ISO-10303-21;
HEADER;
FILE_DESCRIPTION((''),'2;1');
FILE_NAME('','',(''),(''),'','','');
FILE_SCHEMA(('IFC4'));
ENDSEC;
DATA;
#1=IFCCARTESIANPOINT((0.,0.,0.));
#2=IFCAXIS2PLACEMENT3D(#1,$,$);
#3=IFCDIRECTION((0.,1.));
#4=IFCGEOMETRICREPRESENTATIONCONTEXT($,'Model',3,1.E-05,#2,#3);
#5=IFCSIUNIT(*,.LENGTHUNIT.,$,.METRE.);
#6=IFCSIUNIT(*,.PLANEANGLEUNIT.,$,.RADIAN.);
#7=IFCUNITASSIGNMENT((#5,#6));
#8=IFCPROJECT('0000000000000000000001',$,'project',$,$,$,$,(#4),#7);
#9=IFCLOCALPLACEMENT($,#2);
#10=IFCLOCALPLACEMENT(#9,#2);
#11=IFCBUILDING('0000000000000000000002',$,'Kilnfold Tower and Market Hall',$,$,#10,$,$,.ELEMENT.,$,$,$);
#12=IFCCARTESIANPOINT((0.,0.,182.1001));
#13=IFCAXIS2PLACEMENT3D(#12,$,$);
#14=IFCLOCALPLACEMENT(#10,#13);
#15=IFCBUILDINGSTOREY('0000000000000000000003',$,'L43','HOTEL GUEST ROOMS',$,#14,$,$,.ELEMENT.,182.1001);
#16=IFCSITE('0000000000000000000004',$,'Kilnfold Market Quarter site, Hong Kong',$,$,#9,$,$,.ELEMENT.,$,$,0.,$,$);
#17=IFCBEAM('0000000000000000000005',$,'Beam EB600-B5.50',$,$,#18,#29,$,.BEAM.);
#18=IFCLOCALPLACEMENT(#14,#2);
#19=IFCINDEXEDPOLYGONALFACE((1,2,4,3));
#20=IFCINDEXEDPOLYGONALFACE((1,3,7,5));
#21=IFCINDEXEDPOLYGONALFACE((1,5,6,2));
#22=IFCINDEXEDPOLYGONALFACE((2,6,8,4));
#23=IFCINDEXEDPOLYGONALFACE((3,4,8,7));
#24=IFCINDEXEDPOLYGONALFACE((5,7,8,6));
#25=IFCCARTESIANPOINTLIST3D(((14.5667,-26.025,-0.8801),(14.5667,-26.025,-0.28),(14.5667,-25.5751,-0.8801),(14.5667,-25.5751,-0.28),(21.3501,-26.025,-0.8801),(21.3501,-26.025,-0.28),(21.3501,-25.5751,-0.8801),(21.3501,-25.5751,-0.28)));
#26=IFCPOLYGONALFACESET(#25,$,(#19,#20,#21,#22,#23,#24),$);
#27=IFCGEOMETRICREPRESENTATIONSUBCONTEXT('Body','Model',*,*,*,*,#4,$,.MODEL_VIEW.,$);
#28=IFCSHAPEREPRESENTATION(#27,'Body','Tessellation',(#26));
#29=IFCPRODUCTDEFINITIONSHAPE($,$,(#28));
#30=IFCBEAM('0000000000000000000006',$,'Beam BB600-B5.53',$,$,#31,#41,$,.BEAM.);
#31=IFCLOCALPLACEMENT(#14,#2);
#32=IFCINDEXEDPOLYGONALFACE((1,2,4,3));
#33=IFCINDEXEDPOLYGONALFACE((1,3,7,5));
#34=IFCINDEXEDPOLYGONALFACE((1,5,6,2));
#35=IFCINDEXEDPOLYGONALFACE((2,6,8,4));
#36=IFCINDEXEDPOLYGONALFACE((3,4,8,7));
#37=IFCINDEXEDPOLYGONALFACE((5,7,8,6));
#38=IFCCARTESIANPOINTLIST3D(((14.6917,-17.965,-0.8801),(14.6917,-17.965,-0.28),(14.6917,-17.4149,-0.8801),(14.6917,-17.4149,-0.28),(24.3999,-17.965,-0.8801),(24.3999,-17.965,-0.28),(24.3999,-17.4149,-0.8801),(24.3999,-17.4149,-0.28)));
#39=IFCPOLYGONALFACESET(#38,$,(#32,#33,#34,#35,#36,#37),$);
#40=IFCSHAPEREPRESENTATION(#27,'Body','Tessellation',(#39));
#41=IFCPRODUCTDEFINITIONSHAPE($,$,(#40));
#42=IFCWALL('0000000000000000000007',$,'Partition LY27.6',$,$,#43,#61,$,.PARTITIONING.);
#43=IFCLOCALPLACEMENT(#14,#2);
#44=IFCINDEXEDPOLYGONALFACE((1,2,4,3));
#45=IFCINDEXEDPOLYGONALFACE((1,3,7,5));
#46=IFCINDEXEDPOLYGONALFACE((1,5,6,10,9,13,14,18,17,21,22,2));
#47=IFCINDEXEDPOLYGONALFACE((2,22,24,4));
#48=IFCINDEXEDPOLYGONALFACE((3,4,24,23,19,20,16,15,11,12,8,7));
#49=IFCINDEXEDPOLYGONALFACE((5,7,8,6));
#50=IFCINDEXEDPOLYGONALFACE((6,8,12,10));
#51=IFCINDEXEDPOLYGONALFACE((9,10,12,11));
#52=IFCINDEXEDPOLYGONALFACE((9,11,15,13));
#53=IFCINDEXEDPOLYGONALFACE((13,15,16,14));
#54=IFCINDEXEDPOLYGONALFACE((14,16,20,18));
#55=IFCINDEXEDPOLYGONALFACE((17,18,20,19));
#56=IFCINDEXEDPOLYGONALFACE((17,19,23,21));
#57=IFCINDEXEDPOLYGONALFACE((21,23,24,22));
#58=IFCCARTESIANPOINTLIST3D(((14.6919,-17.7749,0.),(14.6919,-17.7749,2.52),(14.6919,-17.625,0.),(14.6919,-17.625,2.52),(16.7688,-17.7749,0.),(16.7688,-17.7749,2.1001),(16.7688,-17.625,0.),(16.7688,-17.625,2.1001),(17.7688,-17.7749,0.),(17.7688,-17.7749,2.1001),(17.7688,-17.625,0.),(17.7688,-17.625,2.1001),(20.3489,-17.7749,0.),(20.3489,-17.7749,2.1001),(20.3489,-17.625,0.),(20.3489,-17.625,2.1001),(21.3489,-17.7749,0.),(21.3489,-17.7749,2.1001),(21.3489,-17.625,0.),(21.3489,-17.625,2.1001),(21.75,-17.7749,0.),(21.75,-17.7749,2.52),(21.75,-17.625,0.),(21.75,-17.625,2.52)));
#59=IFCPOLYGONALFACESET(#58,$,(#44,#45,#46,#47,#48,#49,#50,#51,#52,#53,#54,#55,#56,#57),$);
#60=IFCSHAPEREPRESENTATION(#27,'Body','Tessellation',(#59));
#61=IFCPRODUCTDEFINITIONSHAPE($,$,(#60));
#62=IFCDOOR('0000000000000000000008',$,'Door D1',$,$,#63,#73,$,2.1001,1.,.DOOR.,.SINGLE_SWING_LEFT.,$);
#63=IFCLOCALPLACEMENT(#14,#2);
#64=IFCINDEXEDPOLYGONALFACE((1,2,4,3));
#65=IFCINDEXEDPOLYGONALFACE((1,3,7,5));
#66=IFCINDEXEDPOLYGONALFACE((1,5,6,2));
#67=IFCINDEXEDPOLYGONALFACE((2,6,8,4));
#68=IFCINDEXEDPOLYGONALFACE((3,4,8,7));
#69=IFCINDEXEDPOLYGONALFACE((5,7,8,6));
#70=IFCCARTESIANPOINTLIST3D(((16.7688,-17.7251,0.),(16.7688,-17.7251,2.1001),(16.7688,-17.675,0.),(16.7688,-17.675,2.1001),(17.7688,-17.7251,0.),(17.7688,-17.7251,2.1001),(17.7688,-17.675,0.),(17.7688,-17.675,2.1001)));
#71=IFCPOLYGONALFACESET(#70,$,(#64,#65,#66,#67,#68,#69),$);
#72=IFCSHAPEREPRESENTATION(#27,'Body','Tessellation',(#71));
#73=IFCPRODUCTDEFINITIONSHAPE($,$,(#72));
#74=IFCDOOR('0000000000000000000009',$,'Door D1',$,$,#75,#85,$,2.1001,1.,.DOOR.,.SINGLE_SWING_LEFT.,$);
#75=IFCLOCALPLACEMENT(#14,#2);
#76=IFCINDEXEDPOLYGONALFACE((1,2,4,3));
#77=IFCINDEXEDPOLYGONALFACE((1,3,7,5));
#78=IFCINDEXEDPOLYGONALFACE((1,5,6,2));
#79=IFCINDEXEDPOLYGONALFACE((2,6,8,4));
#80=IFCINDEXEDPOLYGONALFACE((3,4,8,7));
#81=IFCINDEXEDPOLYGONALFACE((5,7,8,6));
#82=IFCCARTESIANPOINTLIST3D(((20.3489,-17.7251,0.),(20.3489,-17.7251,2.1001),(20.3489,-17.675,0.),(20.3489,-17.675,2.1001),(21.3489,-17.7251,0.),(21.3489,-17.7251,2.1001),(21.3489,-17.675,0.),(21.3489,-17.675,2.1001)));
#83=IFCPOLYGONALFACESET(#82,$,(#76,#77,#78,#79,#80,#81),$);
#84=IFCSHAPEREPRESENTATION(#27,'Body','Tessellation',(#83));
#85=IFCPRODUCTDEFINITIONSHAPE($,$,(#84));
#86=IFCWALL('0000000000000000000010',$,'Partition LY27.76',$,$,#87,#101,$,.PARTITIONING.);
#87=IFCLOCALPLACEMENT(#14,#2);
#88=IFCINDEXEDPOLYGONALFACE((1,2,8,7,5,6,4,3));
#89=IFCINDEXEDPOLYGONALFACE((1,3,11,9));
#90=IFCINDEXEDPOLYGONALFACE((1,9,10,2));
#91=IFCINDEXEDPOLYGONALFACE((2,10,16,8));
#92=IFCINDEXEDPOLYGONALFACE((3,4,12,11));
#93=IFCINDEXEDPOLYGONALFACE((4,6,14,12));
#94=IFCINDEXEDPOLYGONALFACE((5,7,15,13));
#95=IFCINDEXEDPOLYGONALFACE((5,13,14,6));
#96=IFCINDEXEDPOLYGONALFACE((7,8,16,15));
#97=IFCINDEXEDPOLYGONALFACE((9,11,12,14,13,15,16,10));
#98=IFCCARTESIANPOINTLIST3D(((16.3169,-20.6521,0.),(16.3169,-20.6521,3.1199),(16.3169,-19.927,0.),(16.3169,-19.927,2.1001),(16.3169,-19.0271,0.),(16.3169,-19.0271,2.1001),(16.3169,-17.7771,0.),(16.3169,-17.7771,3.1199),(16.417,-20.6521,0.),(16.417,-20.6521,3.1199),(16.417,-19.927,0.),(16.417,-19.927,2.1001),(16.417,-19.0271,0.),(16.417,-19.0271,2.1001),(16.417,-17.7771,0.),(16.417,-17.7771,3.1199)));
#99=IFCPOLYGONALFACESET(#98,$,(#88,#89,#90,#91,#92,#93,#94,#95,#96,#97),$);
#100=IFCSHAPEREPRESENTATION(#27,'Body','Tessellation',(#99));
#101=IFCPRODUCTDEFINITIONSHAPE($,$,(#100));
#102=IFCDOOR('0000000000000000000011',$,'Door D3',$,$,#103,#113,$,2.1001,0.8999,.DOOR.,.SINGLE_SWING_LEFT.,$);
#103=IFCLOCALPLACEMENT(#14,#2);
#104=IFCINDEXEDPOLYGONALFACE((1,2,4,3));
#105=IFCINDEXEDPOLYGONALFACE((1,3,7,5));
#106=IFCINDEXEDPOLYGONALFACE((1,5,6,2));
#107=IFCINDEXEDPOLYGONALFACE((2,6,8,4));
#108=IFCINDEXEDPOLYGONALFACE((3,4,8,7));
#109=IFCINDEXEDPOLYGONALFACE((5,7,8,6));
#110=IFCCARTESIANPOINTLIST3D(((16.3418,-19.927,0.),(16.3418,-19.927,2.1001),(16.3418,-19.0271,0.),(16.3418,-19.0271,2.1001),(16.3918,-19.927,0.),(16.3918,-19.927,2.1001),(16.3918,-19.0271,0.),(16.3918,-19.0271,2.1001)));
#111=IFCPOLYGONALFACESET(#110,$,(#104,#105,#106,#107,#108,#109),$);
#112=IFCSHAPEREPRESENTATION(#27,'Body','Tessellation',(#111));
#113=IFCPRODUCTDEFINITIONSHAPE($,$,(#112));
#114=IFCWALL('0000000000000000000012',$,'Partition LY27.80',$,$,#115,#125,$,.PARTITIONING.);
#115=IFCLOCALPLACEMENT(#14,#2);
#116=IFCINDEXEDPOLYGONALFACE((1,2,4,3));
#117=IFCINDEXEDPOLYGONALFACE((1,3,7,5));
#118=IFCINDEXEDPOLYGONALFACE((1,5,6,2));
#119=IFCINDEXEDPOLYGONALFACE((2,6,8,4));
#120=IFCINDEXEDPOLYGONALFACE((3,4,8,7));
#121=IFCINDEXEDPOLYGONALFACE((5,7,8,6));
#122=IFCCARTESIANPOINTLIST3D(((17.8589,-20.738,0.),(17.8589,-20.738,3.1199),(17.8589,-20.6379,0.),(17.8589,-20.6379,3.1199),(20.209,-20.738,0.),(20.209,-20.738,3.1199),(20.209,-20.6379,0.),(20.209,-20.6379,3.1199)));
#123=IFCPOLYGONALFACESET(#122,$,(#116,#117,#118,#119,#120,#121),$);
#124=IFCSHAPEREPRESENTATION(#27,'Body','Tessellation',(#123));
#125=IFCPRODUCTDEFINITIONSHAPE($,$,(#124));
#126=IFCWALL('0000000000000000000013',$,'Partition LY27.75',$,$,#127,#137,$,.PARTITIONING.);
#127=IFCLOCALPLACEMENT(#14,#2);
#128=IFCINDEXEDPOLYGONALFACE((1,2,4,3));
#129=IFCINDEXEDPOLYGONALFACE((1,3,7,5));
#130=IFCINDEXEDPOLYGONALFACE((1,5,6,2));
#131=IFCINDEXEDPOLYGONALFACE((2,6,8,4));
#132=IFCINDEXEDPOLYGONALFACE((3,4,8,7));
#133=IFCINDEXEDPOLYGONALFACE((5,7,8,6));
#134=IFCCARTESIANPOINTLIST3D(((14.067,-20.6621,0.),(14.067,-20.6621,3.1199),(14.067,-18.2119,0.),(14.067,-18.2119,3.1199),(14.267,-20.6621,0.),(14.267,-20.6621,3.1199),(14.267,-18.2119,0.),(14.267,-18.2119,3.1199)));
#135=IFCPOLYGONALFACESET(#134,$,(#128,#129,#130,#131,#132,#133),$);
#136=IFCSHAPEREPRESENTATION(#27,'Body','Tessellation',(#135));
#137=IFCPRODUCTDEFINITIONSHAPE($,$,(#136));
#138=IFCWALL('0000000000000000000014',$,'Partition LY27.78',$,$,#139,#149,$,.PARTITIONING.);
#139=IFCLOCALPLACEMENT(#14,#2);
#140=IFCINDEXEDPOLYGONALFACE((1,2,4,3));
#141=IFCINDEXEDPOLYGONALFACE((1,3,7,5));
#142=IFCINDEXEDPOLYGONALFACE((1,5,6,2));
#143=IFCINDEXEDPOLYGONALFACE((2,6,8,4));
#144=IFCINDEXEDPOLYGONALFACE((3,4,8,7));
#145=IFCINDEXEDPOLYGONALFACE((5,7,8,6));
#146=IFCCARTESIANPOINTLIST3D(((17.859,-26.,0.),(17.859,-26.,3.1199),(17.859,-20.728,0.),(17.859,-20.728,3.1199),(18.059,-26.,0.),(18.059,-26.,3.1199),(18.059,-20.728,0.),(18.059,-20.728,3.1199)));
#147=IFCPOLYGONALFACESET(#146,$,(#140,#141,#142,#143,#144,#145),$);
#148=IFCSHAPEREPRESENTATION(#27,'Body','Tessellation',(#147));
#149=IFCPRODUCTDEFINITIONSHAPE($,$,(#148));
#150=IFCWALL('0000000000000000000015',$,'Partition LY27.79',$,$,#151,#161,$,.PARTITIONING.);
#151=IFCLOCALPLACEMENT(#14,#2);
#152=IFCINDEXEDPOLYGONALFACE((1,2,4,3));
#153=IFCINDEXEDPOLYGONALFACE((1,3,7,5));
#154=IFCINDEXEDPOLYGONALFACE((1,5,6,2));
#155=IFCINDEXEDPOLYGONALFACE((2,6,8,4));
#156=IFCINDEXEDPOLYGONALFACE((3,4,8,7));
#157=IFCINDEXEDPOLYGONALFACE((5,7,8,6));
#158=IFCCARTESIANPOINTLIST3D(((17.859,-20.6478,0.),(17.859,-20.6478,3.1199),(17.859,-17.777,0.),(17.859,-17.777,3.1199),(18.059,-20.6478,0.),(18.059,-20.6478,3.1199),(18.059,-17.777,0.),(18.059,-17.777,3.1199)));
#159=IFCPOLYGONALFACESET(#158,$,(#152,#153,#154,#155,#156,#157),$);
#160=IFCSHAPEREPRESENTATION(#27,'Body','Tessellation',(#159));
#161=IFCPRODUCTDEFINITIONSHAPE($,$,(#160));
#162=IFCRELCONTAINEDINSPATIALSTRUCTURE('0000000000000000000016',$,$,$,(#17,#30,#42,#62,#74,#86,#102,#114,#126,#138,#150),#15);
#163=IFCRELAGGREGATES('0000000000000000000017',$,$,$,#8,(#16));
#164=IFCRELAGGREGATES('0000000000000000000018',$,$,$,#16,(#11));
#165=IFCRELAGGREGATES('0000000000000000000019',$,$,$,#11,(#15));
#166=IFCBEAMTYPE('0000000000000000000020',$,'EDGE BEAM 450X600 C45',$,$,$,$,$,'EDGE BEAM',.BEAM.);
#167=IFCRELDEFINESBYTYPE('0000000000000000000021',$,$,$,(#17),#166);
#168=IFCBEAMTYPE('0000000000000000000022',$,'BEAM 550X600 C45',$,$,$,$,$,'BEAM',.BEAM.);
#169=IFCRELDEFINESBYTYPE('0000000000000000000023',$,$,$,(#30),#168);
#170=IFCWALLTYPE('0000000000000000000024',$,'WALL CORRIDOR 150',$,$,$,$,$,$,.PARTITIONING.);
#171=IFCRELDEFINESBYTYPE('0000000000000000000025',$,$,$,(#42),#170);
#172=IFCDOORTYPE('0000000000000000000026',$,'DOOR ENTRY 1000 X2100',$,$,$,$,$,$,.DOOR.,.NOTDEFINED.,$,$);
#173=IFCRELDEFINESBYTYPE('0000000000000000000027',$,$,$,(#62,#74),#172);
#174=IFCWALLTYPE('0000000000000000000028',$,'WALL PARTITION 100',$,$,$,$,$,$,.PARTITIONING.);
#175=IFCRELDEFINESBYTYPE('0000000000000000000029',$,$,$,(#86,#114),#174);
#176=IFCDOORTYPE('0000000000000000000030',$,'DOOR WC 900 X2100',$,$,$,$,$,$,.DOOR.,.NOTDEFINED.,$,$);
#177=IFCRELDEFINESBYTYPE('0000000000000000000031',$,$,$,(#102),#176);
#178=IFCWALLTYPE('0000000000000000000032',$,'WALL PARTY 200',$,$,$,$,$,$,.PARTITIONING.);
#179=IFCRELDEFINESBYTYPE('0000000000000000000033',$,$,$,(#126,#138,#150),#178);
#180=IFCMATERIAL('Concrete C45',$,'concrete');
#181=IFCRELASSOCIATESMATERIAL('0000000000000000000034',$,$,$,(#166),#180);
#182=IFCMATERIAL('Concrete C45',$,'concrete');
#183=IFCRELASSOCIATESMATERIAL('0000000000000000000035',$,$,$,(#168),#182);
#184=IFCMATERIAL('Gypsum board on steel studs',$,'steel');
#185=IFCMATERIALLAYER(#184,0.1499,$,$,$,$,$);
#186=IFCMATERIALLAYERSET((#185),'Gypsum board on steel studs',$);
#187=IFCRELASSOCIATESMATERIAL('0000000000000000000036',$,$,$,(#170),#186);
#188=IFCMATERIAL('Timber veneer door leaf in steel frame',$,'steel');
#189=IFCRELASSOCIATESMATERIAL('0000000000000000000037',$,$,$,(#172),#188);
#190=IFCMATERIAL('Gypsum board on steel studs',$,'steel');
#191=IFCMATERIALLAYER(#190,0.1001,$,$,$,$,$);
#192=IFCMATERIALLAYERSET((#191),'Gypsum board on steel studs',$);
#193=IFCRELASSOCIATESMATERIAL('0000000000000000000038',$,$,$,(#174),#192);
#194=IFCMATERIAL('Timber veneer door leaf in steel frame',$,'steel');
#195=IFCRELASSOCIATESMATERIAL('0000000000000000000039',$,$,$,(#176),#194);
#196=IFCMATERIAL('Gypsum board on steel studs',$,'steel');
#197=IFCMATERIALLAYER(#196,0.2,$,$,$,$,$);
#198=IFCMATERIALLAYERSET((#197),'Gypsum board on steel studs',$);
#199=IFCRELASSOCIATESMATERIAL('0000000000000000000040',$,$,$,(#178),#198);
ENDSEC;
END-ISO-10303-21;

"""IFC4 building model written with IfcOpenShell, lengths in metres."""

from ifc_helpers import new_model, si_unit, direction, frame, frame_2d, origin, origin_2d, place, context, subcontext, project, spatial, rectangle, extrude, source, transform, mapped, material, layer, layer_set, material_profile, profile_set, type_object, element, fill, save


model = new_model("IFC4")

# Units and contexts
model_context = context("Model", 3, precision=1e-05, world=origin(), true_north=direction((0.0, 1.0)))
body_context = subcontext(model_context, "Body", "Model", "MODEL_VIEW")
ifc_project = project(units=[si_unit("LENGTHUNIT", "METRE"), si_unit("PLANEANGLEUNIT", "RADIAN")], contexts=[model_context])

# Site, building, storey
site_placement = place(None, origin())
site = spatial("IfcSite", under=ifc_project, at=site_placement, Name="Kilnfold Market Quarter site, Hong Kong", CompositionType="ELEMENT", RefElevation=0.0)
building_placement = place(site_placement, origin())
building = spatial("IfcBuilding", under=site, at=building_placement, Name="Kilnfold Tower and Market Hall", CompositionType="ELEMENT")
storey_placement = place(building_placement, frame((0.0, 0.0, 182.1001)))
storey = spatial("IfcBuildingStorey", under=building, at=storey_placement, Name="L43", Description="HOTEL GUEST ROOMS", CompositionType="ELEMENT", Elevation=182.1001)

# Beams
ifc_material_1 = material(Name="Concrete C45", Category="concrete")
ifc_material_profile_1 = material_profile(ifc_material_1, rectangle(XDim=0.45, YDim=0.6001, at=origin_2d()), Name="RC 450x600")
ifc_profile_set_1 = profile_set([ifc_material_profile_1], Name="Concrete C45")
beam_type_1 = type_object("IfcBeamType", Name="EDGE BEAM 450X600 C45", ElementType="EDGE BEAM", PredefinedType="BEAM", material=ifc_profile_set_1)
shared_shape_1 = source(origin(), body_context, "Body", "SweptSolid", [
    extrude(rectangle(XDim=0.45, YDim=0.6001, at=origin_2d()), origin(), (0.0, 0.0, 1.0), 6.7834),
])
beam_1_placement = place(storey_placement, frame((14.5667, -25.8, -0.5801), z_axis=(1.0, 0.0, 0.0), x_axis=(0.0, 1.0, 0.0)))
element("IfcBeam", 1, at=beam_1_placement, inside=storey, type_object=beam_type_1, Name="Beam EB600-B5.50", PredefinedType="BEAM", context=body_context, shape_type="MappedRepresentation", body=[
    mapped(shared_shape_1, transform((0.0, 0.0, 0.0))),
])
ifc_material_2 = material(Name="Concrete C45", Category="concrete")
ifc_material_profile_2 = material_profile(ifc_material_2, rectangle(XDim=0.55, YDim=0.6001, at=origin_2d()), Name="RC 550x600")
ifc_profile_set_2 = profile_set([ifc_material_profile_2], Name="Concrete C45")
beam_type_2 = type_object("IfcBeamType", Name="BEAM 550X600 C45", ElementType="BEAM", PredefinedType="BEAM", material=ifc_profile_set_2)
shared_shape_2 = source(origin(), body_context, "Body", "SweptSolid", [
    extrude(rectangle(XDim=0.55, YDim=0.6001, at=origin_2d()), origin(), (0.0, 0.0, 1.0), 9.7083),
])
beam_2_placement = place(storey_placement, frame((14.6917, -17.6899, -0.5801), z_axis=(1.0, 0.0, 0.0), x_axis=(0.0, 1.0, 0.0)))
element("IfcBeam", 2, at=beam_2_placement, inside=storey, type_object=beam_type_2, Name="Beam BB600-B5.53", PredefinedType="BEAM", context=body_context, shape_type="MappedRepresentation", body=[
    mapped(shared_shape_2, transform((0.0, 0.0, 0.0))),
])

# Wall, openings, doors
ifc_material_3 = material(Name="Gypsum board on steel studs", Category="steel")
ifc_layer_1 = layer(ifc_material_3, 0.1499)
ifc_layer_set_1 = layer_set([ifc_layer_1], Name="Gypsum board on steel studs")
wall_type_1 = type_object("IfcWallType", Name="WALL CORRIDOR 150", PredefinedType="PARTITIONING", material=ifc_layer_set_1)
wall_1_placement = place(storey_placement, frame((14.6919, -17.7, 0.0), z_axis=(0.0, 0.0, 1.0), x_axis=(1.0, 0.0, 0.0)))
wall_1 = element("IfcWall", 3, at=wall_1_placement, inside=storey, type_object=wall_type_1, Name="Partition LY27.6", PredefinedType="PARTITIONING", context=body_context, shape_type="SweptSolid", body=[
    extrude(rectangle(XDim=7.0581, YDim=0.1499, at=frame_2d((3.5291, 0.0))), origin(), (0.0, 0.0, 1.0), 2.52),
])
opening_1_placement = place(wall_1_placement, frame((2.0769, 0.0, 0.0)))
opening_1 = element("IfcOpeningElement", 4, at=opening_1_placement, cuts=wall_1, PredefinedType="OPENING", context=body_context, shape_type="SweptSolid", body=[
    extrude(rectangle(XDim=1.0, YDim=2.1001, at=frame_2d((0.5, 1.05))), frame((0.0, 0.085, 0.0), z_axis=(0.0, -1.0, 0.0), x_axis=(1.0, 0.0, 0.0)), (0.0, 0.0, 1.0), 0.1699),
])
opening_2_placement = place(wall_1_placement, frame((5.657, 0.0, 0.0)))
opening_2 = element("IfcOpeningElement", 5, at=opening_2_placement, cuts=wall_1, PredefinedType="OPENING", context=body_context, shape_type="SweptSolid", body=[
    extrude(rectangle(XDim=1.0, YDim=2.1001, at=frame_2d((0.5, 1.05))), frame((0.0, 0.085, 0.0), z_axis=(0.0, -1.0, 0.0), x_axis=(1.0, 0.0, 0.0)), (0.0, 0.0, 1.0), 0.1699),
])
ifc_material_4 = material(Name="Timber veneer door leaf in steel frame", Category="steel")
door_type_1 = type_object("IfcDoorType", Name="DOOR ENTRY 1000 X2100", OperationType="NOTDEFINED", PredefinedType="DOOR", material=ifc_material_4)
door_1_placement = place(opening_1_placement, origin())
door_1 = element("IfcDoor", 6, at=door_1_placement, inside=storey, type_object=door_type_1, Name="Door D1", OperationType="SINGLE_SWING_LEFT", OverallHeight=2.1001, OverallWidth=1.0, PredefinedType="DOOR", context=body_context, shape_type="SweptSolid", body=[
    extrude(rectangle(XDim=1.0, YDim=2.1001, at=frame_2d((0.5, 1.05))), frame((0.0, 0.0249, 0.0), z_axis=(0.0, -1.0, 0.0), x_axis=(1.0, 0.0, 0.0)), (0.0, 0.0, 1.0), 0.05),
])
fill(opening_1, door_1)
door_2_placement = place(opening_2_placement, origin())
door_2 = element("IfcDoor", 7, at=door_2_placement, inside=storey, type_object=door_type_1, Name="Door D1", OperationType="SINGLE_SWING_LEFT", OverallHeight=2.1001, OverallWidth=1.0, PredefinedType="DOOR", context=body_context, shape_type="SweptSolid", body=[
    extrude(rectangle(XDim=1.0, YDim=2.1001, at=frame_2d((0.5, 1.05))), frame((0.0, 0.0249, 0.0), z_axis=(0.0, -1.0, 0.0), x_axis=(1.0, 0.0, 0.0)), (0.0, 0.0, 1.0), 0.05),
])
fill(opening_2, door_2)

# Wall, opening, door
ifc_material_5 = material(Name="Gypsum board on steel studs", Category="steel")
ifc_layer_2 = layer(ifc_material_5, 0.1001)
ifc_layer_set_2 = layer_set([ifc_layer_2], Name="Gypsum board on steel studs")
wall_type_2 = type_object("IfcWallType", Name="WALL PARTITION 100", PredefinedType="PARTITIONING", material=ifc_layer_set_2)
wall_2_placement = place(storey_placement, frame((16.3669, -17.7771, 0.0), z_axis=(0.0, 0.0, 1.0), x_axis=(0.0, -1.0, 0.0)))
wall_2 = element("IfcWall", 8, at=wall_2_placement, inside=storey, type_object=wall_type_2, Name="Partition LY27.76", PredefinedType="PARTITIONING", context=body_context, shape_type="SweptSolid", body=[
    extrude(rectangle(XDim=2.875, YDim=0.1001, at=frame_2d((1.4375, 0.0))), origin(), (0.0, 0.0, 1.0), 3.1199),
])
opening_3_placement = place(wall_2_placement, frame((1.25, 0.0, 0.0)))
opening_3 = element("IfcOpeningElement", 9, at=opening_3_placement, cuts=wall_2, PredefinedType="OPENING", context=body_context, shape_type="SweptSolid", body=[
    extrude(rectangle(XDim=0.8999, YDim=2.1001, at=frame_2d((0.45, 1.05))), frame((0.0, 0.0601, 0.0), z_axis=(0.0, -1.0, 0.0), x_axis=(1.0, 0.0, 0.0)), (0.0, 0.0, 1.0), 0.1201),
])
ifc_material_6 = material(Name="Timber veneer door leaf in steel frame", Category="steel")
door_type_2 = type_object("IfcDoorType", Name="DOOR WC 900 X2100", OperationType="NOTDEFINED", PredefinedType="DOOR", material=ifc_material_6)
door_3_placement = place(opening_3_placement, origin())
door_3 = element("IfcDoor", 10, at=door_3_placement, inside=storey, type_object=door_type_2, Name="Door D3", OperationType="SINGLE_SWING_LEFT", OverallHeight=2.1001, OverallWidth=0.8999, PredefinedType="DOOR", context=body_context, shape_type="SweptSolid", body=[
    extrude(rectangle(XDim=0.8999, YDim=2.1001, at=frame_2d((0.45, 1.05))), frame((0.0, 0.0249, 0.0), z_axis=(0.0, -1.0, 0.0), x_axis=(1.0, 0.0, 0.0)), (0.0, 0.0, 1.0), 0.05),
])
fill(opening_3, door_3)

# Walls
wall_3_placement = place(storey_placement, frame((17.8589, -20.688, 0.0), z_axis=(0.0, 0.0, 1.0), x_axis=(1.0, 0.0, 0.0)))
element("IfcWall", 11, at=wall_3_placement, inside=storey, type_object=wall_type_2, Name="Partition LY27.80", PredefinedType="PARTITIONING", context=body_context, shape_type="SweptSolid", body=[
    extrude(rectangle(XDim=2.3501, YDim=0.1001, at=frame_2d((1.175, 0.0))), origin(), (0.0, 0.0, 1.0), 3.1199),
])
ifc_material_7 = material(Name="Gypsum board on steel studs", Category="steel")
ifc_layer_3 = layer(ifc_material_7, 0.2)
ifc_layer_set_3 = layer_set([ifc_layer_3], Name="Gypsum board on steel studs")
wall_type_3 = type_object("IfcWallType", Name="WALL PARTY 200", PredefinedType="PARTITIONING", material=ifc_layer_set_3)
wall_4_placement = place(storey_placement, frame((14.167, -20.6621, 0.0), z_axis=(0.0, 0.0, 1.0), x_axis=(0.0, 1.0, 0.0)))
element("IfcWall", 12, at=wall_4_placement, inside=storey, type_object=wall_type_3, Name="Partition LY27.75", PredefinedType="PARTITIONING", context=body_context, shape_type="SweptSolid", body=[
    extrude(rectangle(XDim=2.4502, YDim=0.2, at=frame_2d((1.2251, 0.0))), origin(), (0.0, 0.0, 1.0), 3.1199),
])
wall_5_placement = place(storey_placement, frame((17.959, -26.0, 0.0), z_axis=(0.0, 0.0, 1.0), x_axis=(0.0, 1.0, 0.0)))
element("IfcWall", 13, at=wall_5_placement, inside=storey, type_object=wall_type_3, Name="Partition LY27.78", PredefinedType="PARTITIONING", context=body_context, shape_type="SweptSolid", body=[
    extrude(rectangle(XDim=5.272, YDim=0.2, at=frame_2d((2.636, 0.0))), origin(), (0.0, 0.0, 1.0), 3.1199),
])
wall_6_placement = place(storey_placement, frame((17.959, -20.6479, 0.0), z_axis=(0.0, 0.0, 1.0), x_axis=(0.0, 1.0, 0.0)))
element("IfcWall", 14, at=wall_6_placement, inside=storey, type_object=wall_type_3, Name="Partition LY27.79", PredefinedType="PARTITIONING", context=body_context, shape_type="SweptSolid", body=[
    extrude(rectangle(XDim=2.8708, YDim=0.2, at=frame_2d((1.4355, 0.0))), origin(), (0.0, 0.0, 1.0), 3.1199),
])

save(model, "model.ifc")
